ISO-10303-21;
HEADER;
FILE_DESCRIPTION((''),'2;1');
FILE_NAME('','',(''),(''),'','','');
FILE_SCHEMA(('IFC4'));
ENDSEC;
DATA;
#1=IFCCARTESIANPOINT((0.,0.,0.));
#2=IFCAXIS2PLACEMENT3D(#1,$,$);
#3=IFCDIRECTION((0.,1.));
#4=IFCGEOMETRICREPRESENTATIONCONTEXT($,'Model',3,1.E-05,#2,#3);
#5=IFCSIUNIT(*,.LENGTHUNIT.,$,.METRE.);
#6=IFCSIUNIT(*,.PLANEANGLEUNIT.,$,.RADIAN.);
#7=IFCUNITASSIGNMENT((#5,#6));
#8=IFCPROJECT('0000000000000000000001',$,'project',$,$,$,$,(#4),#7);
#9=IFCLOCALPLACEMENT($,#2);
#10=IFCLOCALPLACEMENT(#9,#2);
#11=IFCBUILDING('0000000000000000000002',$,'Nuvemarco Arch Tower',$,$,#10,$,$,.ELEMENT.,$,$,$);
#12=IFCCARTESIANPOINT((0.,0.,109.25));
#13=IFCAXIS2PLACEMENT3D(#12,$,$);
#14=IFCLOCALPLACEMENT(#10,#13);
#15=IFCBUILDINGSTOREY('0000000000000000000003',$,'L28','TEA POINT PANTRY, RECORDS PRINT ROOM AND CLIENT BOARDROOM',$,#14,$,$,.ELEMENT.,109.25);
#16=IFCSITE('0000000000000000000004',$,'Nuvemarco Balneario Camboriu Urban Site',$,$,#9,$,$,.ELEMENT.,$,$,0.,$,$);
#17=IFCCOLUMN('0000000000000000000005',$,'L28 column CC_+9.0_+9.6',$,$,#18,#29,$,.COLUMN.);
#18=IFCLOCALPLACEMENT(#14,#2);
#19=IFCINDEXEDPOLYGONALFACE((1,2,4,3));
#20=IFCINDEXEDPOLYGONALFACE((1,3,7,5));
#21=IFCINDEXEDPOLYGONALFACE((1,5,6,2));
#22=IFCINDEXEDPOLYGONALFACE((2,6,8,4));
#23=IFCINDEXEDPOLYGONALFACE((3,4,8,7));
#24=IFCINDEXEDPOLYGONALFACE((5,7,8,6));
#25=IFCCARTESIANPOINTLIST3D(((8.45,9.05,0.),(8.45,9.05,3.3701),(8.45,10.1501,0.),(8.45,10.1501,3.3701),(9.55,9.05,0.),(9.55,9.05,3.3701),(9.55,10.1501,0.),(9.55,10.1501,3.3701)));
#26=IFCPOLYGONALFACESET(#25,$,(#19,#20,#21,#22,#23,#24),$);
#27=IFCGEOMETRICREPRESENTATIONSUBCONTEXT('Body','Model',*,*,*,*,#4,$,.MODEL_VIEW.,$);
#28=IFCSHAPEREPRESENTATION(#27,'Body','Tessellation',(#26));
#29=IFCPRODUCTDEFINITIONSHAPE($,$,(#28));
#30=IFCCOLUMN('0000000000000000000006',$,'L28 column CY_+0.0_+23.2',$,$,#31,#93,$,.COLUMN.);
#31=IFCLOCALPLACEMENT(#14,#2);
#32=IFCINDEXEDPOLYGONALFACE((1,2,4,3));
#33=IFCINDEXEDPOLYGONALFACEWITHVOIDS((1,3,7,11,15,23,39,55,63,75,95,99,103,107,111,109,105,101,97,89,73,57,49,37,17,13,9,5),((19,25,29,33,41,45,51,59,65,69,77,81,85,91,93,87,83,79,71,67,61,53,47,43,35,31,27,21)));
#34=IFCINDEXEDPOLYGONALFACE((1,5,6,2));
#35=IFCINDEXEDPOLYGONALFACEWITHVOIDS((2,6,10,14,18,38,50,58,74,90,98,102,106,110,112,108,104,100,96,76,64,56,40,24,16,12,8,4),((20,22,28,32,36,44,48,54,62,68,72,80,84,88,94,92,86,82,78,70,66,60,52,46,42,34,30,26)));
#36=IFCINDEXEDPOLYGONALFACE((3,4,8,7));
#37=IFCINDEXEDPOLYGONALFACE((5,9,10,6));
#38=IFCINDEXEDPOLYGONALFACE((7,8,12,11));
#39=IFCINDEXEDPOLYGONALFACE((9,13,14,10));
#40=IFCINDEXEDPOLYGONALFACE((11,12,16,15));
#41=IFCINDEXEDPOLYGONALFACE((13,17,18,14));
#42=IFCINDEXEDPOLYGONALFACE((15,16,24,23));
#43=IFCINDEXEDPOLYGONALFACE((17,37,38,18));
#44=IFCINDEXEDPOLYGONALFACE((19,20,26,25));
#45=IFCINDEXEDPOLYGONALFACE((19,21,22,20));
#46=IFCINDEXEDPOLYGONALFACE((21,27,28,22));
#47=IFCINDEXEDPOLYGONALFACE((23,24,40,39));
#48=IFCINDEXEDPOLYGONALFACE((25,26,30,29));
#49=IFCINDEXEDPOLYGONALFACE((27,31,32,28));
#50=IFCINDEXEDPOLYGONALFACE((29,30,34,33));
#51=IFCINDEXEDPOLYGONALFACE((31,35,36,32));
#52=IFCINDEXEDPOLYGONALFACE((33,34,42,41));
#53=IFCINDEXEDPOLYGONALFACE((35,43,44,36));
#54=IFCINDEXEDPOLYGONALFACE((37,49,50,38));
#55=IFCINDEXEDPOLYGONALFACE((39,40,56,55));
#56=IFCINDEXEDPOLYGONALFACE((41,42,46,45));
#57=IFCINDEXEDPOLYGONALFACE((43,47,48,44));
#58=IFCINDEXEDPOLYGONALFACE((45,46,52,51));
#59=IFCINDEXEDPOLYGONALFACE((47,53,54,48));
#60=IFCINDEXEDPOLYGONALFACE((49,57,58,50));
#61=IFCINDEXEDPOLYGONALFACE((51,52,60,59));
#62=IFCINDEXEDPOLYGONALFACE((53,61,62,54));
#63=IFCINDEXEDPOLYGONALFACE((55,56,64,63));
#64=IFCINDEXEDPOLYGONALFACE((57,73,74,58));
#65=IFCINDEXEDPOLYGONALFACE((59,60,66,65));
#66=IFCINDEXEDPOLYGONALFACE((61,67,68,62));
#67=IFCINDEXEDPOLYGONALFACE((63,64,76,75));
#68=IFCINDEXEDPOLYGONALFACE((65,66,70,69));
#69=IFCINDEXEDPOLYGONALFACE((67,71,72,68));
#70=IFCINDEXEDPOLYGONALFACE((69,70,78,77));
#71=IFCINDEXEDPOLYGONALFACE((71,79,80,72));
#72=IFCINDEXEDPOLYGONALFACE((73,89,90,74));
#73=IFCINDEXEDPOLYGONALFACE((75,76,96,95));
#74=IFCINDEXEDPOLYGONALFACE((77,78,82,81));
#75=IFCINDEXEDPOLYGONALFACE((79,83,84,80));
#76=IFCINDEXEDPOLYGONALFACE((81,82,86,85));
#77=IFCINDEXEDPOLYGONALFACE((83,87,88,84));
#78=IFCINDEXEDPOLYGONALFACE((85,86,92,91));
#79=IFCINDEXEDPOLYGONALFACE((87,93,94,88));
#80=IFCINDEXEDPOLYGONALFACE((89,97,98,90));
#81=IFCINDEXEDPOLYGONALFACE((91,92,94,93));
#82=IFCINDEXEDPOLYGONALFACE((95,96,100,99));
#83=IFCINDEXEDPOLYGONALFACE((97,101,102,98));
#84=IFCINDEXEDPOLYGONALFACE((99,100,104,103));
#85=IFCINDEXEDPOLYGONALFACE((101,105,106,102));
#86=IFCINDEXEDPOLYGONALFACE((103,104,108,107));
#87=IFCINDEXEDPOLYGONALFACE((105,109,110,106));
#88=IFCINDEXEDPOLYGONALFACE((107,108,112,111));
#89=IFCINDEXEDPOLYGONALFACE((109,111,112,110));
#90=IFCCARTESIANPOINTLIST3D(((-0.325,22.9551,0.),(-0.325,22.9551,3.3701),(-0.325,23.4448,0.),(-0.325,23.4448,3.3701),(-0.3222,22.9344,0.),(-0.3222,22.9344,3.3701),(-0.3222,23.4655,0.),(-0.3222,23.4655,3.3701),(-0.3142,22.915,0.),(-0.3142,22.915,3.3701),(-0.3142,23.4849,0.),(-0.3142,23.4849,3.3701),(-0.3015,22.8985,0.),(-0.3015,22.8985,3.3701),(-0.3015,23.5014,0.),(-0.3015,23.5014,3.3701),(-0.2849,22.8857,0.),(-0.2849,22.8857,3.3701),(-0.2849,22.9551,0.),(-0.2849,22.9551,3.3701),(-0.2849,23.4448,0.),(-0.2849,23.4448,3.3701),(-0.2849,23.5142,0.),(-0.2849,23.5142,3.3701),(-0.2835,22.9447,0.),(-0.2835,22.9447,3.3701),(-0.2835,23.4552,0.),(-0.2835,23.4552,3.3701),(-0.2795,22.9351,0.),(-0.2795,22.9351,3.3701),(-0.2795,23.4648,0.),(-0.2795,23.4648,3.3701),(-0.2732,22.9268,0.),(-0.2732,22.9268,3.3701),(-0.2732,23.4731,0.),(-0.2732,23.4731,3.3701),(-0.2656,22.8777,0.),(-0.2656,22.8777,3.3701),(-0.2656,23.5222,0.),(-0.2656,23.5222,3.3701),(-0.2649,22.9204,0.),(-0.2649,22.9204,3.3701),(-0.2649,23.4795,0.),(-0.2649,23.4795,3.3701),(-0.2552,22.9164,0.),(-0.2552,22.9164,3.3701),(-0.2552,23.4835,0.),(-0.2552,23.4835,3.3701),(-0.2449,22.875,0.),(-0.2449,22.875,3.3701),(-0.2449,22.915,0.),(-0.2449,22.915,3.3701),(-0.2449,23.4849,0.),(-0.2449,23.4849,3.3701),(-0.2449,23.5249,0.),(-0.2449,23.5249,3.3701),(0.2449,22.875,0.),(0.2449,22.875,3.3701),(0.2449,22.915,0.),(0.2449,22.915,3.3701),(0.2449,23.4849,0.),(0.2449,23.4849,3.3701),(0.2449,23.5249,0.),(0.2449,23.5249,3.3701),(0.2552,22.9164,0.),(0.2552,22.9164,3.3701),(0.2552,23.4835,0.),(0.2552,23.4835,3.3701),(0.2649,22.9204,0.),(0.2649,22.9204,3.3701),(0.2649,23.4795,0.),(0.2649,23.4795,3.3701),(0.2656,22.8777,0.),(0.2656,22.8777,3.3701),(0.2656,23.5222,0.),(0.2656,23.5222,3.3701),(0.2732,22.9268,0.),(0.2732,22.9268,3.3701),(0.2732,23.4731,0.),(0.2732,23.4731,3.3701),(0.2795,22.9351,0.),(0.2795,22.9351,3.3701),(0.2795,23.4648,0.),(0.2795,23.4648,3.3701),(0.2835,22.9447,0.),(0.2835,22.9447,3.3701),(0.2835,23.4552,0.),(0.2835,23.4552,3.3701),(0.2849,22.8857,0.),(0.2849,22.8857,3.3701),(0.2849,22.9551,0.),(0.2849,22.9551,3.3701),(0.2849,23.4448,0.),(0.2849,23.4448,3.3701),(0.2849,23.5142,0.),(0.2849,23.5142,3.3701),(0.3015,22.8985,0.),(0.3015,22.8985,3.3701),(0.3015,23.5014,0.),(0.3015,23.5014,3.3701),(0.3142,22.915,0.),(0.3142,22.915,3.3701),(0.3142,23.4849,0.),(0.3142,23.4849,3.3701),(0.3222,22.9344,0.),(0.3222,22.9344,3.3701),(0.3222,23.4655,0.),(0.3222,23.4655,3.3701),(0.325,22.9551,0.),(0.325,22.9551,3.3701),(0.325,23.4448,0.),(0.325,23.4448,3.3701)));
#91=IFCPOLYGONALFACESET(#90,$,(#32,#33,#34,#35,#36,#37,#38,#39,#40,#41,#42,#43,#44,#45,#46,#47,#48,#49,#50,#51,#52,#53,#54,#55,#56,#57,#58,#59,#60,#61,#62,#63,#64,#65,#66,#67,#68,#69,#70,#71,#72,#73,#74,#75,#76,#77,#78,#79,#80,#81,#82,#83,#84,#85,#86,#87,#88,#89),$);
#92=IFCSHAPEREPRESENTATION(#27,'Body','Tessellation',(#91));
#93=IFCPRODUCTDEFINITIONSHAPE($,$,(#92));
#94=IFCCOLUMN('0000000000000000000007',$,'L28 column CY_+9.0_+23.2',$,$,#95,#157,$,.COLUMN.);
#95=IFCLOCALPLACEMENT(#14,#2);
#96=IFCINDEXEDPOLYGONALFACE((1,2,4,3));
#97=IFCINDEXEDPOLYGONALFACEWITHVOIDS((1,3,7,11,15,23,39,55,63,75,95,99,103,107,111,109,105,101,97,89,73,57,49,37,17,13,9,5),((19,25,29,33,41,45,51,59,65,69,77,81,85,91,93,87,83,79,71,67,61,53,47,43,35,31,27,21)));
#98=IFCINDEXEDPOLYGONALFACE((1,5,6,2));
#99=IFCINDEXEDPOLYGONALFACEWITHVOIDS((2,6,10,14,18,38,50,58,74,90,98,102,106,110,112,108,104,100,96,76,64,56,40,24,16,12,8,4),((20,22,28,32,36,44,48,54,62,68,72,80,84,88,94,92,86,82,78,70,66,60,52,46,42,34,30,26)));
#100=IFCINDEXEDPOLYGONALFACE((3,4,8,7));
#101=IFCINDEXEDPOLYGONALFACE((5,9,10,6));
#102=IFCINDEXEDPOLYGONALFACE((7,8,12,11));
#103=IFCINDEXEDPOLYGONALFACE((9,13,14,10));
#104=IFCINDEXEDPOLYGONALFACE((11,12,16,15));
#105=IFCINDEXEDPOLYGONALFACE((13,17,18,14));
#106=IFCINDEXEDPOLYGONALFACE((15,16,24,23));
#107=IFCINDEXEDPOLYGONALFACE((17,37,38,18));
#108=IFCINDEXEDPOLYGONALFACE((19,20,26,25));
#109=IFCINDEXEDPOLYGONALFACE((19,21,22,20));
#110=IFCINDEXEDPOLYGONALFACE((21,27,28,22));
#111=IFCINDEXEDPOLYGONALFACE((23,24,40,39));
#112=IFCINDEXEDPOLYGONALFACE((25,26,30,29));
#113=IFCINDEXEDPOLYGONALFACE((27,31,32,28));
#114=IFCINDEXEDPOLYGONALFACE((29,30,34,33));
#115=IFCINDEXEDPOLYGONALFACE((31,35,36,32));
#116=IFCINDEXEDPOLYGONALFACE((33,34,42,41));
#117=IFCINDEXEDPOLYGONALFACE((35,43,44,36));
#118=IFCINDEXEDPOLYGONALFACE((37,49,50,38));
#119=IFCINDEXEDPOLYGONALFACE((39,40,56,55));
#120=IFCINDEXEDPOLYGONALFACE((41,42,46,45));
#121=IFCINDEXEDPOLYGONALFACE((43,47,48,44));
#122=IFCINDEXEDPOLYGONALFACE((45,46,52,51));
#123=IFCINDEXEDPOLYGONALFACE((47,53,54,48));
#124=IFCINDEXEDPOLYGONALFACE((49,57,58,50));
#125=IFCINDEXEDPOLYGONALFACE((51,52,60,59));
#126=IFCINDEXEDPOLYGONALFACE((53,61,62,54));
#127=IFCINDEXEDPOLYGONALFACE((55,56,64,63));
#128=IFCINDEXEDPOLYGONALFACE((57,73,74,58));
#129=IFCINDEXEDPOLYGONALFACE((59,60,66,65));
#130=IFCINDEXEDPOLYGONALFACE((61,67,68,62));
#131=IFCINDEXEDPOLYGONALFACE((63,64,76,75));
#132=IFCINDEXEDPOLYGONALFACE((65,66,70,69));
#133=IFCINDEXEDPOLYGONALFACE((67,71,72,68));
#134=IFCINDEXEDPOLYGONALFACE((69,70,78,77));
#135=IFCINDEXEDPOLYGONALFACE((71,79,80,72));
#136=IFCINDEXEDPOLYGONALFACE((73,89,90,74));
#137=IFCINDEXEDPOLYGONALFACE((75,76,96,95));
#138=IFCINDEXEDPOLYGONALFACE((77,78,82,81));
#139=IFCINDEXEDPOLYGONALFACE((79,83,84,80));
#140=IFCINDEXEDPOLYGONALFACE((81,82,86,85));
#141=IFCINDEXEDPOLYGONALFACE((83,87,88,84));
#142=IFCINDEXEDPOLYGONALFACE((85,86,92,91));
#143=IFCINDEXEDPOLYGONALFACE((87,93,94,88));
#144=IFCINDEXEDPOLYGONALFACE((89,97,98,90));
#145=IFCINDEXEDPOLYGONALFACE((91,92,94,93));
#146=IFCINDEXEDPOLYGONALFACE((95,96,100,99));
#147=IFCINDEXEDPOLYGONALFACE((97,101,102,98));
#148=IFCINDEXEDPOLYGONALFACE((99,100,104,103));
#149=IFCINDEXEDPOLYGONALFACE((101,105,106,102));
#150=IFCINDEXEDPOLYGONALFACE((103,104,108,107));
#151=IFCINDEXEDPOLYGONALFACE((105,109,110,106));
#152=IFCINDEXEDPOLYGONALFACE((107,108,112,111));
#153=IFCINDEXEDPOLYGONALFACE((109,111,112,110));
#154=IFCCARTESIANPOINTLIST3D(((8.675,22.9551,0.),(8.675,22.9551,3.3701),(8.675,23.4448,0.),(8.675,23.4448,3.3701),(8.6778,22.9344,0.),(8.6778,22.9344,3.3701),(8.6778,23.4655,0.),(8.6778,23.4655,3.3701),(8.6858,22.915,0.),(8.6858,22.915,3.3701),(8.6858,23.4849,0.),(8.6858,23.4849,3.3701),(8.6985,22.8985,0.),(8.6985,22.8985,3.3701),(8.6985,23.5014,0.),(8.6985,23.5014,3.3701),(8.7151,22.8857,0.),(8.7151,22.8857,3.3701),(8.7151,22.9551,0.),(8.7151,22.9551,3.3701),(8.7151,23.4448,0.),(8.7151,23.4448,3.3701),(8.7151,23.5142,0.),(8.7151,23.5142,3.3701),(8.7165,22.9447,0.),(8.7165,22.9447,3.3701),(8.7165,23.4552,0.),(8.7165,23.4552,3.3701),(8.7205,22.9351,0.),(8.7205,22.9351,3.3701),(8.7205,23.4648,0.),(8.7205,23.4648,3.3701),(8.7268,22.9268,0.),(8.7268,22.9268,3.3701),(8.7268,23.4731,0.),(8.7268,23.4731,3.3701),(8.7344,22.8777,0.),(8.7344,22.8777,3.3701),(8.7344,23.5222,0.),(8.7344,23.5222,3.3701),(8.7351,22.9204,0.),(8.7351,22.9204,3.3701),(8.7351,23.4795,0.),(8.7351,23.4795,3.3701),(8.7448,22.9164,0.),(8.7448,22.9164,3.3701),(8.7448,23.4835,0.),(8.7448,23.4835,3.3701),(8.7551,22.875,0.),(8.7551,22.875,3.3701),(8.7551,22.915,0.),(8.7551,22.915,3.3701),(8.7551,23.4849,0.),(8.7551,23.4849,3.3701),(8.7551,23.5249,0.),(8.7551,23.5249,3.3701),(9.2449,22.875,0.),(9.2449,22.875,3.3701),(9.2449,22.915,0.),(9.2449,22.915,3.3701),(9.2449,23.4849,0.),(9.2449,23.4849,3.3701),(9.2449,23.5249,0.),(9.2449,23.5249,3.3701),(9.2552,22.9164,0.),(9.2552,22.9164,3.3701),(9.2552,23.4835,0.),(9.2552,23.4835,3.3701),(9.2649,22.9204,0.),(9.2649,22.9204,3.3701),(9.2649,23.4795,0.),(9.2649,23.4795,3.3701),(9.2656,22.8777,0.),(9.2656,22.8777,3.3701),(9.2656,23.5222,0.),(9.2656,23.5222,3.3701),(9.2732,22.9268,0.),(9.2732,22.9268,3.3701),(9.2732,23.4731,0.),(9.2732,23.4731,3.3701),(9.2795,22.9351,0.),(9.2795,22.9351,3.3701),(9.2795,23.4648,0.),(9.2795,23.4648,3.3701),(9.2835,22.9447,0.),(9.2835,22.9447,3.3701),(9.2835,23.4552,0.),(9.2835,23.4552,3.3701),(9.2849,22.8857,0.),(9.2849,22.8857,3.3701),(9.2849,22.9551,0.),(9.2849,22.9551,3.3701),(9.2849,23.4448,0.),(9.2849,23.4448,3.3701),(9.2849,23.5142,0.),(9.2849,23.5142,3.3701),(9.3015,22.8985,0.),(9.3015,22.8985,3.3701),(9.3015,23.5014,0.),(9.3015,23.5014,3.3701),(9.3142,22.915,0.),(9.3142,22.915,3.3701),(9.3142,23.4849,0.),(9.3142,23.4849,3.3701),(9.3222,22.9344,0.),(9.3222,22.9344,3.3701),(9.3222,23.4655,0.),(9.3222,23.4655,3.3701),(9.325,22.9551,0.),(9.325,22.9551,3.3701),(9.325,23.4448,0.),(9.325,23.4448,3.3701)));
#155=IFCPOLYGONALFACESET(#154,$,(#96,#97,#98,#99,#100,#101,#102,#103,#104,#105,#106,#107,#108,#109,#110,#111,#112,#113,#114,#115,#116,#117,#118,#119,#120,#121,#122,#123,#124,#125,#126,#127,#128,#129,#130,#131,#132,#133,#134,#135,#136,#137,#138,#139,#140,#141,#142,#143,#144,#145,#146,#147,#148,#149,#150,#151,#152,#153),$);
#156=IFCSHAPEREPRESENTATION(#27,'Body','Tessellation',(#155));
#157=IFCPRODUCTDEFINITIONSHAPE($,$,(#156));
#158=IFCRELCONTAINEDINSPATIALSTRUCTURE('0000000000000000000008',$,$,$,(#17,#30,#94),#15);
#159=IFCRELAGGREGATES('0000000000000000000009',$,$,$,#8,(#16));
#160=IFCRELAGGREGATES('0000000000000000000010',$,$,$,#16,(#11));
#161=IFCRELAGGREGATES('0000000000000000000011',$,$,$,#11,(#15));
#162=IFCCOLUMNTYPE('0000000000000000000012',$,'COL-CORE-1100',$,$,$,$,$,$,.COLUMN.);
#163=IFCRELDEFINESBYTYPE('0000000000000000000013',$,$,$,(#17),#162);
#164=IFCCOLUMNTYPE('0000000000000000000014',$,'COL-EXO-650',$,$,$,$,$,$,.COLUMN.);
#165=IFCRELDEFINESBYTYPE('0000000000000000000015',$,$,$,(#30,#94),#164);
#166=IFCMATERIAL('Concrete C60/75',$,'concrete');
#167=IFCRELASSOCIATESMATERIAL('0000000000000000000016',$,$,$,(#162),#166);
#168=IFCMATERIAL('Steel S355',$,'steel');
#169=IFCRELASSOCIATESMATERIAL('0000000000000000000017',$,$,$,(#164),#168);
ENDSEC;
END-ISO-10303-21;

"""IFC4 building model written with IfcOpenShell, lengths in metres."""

from ifc_helpers import new_model, si_unit, direction, frame, origin, origin_2d, place, context, subcontext, project, spatial, rectangle, hollow_rectangle, extrude, material, material_profile, profile_set, type_object, element, save


model = new_model("IFC4")

# Units and contexts
model_context = context("Model", 3, precision=1e-05, world=origin(), true_north=direction((0.0, 1.0)))
body_context = subcontext(model_context, "Body", "Model", "MODEL_VIEW")
ifc_project = project(units=[si_unit("LENGTHUNIT", "METRE"), si_unit("PLANEANGLEUNIT", "RADIAN")], contexts=[model_context])

# Site, building, storey
site_placement = place(None, origin())
site = spatial("IfcSite", under=ifc_project, at=site_placement, Name="Nuvemarco Balneario Camboriu Urban Site", CompositionType="ELEMENT", RefElevation=0.0)
building_placement = place(site_placement, origin())
building = spatial("IfcBuilding", under=site, at=building_placement, Name="Nuvemarco Arch Tower", CompositionType="ELEMENT")
storey_placement = place(building_placement, frame((0.0, 0.0, 109.25)))
storey = spatial("IfcBuildingStorey", under=building, at=storey_placement, Name="L28", Description="TEA POINT PANTRY, RECORDS PRINT ROOM AND CLIENT BOARDROOM", CompositionType="ELEMENT", Elevation=109.25)

# Columns
ifc_material_1 = material(Name="Concrete C60/75", Category="concrete")
ifc_material_profile_1 = material_profile(ifc_material_1, rectangle(XDim=1.1001, YDim=1.1001, at=origin_2d()), Name="RC-COL-1100x1100")
ifc_profile_set_1 = profile_set([ifc_material_profile_1], Name="Concrete C60/75")
column_type_1 = type_object("IfcColumnType", Name="COL-CORE-1100", PredefinedType="COLUMN", material=ifc_profile_set_1)
column_placement = place(storey_placement, frame((9.0, 9.6001, 0.0), z_axis=(0.0, 0.0, 1.0), x_axis=(1.0, 0.0, 0.0)))
element("IfcColumn", 1, at=column_placement, inside=storey, type_object=column_type_1, Name="L28 column CC_+9.0_+9.6", PredefinedType="COLUMN", context=body_context, shape_type="SweptSolid", body=[
    extrude(rectangle(XDim=1.1001, YDim=1.1001, at=origin_2d()), origin(), (0.0, 0.0, 1.0), 3.3701),
])
ifc_material_2 = material(Name="Steel S355", Category="steel")
ifc_material_profile_2 = material_profile(ifc_material_2, hollow_rectangle(XDim=0.6499, YDim=0.6499, WallThickness=0.04, InnerFilletRadius=0.04, OuterFilletRadius=0.0801, at=origin_2d()), Name="SHS650x650x40")
ifc_profile_set_2 = profile_set([ifc_material_profile_2], Name="Steel S355")
column_type_2 = type_object("IfcColumnType", Name="COL-EXO-650", PredefinedType="COLUMN", material=ifc_profile_set_2)
for number, where, z_axis, x_axis, name in (
    (2, (0.0, 23.2, 0.0), (0.0, 0.0, 1.0), (1.0, 0.0, 0.0), "L28 column CY_+0.0_+23.2"),
    (3, (9.0, 23.2, 0.0), (0.0, 0.0, 1.0), (1.0, 0.0, 0.0), "L28 column CY_+9.0_+23.2"),
):
    element("IfcColumn", number, at=place(storey_placement, frame(where, z_axis=z_axis, x_axis=x_axis)), inside=storey, type_object=column_type_2, Name=name, PredefinedType="COLUMN", context=body_context, shape_type="SweptSolid", body=[
        extrude(hollow_rectangle(XDim=0.6499, YDim=0.6499, WallThickness=0.04, InnerFilletRadius=0.04, OuterFilletRadius=0.0801, at=origin_2d()), origin(), (0.0, 0.0, 1.0), 3.3701),
    ])

save(model, "model.ifc")
